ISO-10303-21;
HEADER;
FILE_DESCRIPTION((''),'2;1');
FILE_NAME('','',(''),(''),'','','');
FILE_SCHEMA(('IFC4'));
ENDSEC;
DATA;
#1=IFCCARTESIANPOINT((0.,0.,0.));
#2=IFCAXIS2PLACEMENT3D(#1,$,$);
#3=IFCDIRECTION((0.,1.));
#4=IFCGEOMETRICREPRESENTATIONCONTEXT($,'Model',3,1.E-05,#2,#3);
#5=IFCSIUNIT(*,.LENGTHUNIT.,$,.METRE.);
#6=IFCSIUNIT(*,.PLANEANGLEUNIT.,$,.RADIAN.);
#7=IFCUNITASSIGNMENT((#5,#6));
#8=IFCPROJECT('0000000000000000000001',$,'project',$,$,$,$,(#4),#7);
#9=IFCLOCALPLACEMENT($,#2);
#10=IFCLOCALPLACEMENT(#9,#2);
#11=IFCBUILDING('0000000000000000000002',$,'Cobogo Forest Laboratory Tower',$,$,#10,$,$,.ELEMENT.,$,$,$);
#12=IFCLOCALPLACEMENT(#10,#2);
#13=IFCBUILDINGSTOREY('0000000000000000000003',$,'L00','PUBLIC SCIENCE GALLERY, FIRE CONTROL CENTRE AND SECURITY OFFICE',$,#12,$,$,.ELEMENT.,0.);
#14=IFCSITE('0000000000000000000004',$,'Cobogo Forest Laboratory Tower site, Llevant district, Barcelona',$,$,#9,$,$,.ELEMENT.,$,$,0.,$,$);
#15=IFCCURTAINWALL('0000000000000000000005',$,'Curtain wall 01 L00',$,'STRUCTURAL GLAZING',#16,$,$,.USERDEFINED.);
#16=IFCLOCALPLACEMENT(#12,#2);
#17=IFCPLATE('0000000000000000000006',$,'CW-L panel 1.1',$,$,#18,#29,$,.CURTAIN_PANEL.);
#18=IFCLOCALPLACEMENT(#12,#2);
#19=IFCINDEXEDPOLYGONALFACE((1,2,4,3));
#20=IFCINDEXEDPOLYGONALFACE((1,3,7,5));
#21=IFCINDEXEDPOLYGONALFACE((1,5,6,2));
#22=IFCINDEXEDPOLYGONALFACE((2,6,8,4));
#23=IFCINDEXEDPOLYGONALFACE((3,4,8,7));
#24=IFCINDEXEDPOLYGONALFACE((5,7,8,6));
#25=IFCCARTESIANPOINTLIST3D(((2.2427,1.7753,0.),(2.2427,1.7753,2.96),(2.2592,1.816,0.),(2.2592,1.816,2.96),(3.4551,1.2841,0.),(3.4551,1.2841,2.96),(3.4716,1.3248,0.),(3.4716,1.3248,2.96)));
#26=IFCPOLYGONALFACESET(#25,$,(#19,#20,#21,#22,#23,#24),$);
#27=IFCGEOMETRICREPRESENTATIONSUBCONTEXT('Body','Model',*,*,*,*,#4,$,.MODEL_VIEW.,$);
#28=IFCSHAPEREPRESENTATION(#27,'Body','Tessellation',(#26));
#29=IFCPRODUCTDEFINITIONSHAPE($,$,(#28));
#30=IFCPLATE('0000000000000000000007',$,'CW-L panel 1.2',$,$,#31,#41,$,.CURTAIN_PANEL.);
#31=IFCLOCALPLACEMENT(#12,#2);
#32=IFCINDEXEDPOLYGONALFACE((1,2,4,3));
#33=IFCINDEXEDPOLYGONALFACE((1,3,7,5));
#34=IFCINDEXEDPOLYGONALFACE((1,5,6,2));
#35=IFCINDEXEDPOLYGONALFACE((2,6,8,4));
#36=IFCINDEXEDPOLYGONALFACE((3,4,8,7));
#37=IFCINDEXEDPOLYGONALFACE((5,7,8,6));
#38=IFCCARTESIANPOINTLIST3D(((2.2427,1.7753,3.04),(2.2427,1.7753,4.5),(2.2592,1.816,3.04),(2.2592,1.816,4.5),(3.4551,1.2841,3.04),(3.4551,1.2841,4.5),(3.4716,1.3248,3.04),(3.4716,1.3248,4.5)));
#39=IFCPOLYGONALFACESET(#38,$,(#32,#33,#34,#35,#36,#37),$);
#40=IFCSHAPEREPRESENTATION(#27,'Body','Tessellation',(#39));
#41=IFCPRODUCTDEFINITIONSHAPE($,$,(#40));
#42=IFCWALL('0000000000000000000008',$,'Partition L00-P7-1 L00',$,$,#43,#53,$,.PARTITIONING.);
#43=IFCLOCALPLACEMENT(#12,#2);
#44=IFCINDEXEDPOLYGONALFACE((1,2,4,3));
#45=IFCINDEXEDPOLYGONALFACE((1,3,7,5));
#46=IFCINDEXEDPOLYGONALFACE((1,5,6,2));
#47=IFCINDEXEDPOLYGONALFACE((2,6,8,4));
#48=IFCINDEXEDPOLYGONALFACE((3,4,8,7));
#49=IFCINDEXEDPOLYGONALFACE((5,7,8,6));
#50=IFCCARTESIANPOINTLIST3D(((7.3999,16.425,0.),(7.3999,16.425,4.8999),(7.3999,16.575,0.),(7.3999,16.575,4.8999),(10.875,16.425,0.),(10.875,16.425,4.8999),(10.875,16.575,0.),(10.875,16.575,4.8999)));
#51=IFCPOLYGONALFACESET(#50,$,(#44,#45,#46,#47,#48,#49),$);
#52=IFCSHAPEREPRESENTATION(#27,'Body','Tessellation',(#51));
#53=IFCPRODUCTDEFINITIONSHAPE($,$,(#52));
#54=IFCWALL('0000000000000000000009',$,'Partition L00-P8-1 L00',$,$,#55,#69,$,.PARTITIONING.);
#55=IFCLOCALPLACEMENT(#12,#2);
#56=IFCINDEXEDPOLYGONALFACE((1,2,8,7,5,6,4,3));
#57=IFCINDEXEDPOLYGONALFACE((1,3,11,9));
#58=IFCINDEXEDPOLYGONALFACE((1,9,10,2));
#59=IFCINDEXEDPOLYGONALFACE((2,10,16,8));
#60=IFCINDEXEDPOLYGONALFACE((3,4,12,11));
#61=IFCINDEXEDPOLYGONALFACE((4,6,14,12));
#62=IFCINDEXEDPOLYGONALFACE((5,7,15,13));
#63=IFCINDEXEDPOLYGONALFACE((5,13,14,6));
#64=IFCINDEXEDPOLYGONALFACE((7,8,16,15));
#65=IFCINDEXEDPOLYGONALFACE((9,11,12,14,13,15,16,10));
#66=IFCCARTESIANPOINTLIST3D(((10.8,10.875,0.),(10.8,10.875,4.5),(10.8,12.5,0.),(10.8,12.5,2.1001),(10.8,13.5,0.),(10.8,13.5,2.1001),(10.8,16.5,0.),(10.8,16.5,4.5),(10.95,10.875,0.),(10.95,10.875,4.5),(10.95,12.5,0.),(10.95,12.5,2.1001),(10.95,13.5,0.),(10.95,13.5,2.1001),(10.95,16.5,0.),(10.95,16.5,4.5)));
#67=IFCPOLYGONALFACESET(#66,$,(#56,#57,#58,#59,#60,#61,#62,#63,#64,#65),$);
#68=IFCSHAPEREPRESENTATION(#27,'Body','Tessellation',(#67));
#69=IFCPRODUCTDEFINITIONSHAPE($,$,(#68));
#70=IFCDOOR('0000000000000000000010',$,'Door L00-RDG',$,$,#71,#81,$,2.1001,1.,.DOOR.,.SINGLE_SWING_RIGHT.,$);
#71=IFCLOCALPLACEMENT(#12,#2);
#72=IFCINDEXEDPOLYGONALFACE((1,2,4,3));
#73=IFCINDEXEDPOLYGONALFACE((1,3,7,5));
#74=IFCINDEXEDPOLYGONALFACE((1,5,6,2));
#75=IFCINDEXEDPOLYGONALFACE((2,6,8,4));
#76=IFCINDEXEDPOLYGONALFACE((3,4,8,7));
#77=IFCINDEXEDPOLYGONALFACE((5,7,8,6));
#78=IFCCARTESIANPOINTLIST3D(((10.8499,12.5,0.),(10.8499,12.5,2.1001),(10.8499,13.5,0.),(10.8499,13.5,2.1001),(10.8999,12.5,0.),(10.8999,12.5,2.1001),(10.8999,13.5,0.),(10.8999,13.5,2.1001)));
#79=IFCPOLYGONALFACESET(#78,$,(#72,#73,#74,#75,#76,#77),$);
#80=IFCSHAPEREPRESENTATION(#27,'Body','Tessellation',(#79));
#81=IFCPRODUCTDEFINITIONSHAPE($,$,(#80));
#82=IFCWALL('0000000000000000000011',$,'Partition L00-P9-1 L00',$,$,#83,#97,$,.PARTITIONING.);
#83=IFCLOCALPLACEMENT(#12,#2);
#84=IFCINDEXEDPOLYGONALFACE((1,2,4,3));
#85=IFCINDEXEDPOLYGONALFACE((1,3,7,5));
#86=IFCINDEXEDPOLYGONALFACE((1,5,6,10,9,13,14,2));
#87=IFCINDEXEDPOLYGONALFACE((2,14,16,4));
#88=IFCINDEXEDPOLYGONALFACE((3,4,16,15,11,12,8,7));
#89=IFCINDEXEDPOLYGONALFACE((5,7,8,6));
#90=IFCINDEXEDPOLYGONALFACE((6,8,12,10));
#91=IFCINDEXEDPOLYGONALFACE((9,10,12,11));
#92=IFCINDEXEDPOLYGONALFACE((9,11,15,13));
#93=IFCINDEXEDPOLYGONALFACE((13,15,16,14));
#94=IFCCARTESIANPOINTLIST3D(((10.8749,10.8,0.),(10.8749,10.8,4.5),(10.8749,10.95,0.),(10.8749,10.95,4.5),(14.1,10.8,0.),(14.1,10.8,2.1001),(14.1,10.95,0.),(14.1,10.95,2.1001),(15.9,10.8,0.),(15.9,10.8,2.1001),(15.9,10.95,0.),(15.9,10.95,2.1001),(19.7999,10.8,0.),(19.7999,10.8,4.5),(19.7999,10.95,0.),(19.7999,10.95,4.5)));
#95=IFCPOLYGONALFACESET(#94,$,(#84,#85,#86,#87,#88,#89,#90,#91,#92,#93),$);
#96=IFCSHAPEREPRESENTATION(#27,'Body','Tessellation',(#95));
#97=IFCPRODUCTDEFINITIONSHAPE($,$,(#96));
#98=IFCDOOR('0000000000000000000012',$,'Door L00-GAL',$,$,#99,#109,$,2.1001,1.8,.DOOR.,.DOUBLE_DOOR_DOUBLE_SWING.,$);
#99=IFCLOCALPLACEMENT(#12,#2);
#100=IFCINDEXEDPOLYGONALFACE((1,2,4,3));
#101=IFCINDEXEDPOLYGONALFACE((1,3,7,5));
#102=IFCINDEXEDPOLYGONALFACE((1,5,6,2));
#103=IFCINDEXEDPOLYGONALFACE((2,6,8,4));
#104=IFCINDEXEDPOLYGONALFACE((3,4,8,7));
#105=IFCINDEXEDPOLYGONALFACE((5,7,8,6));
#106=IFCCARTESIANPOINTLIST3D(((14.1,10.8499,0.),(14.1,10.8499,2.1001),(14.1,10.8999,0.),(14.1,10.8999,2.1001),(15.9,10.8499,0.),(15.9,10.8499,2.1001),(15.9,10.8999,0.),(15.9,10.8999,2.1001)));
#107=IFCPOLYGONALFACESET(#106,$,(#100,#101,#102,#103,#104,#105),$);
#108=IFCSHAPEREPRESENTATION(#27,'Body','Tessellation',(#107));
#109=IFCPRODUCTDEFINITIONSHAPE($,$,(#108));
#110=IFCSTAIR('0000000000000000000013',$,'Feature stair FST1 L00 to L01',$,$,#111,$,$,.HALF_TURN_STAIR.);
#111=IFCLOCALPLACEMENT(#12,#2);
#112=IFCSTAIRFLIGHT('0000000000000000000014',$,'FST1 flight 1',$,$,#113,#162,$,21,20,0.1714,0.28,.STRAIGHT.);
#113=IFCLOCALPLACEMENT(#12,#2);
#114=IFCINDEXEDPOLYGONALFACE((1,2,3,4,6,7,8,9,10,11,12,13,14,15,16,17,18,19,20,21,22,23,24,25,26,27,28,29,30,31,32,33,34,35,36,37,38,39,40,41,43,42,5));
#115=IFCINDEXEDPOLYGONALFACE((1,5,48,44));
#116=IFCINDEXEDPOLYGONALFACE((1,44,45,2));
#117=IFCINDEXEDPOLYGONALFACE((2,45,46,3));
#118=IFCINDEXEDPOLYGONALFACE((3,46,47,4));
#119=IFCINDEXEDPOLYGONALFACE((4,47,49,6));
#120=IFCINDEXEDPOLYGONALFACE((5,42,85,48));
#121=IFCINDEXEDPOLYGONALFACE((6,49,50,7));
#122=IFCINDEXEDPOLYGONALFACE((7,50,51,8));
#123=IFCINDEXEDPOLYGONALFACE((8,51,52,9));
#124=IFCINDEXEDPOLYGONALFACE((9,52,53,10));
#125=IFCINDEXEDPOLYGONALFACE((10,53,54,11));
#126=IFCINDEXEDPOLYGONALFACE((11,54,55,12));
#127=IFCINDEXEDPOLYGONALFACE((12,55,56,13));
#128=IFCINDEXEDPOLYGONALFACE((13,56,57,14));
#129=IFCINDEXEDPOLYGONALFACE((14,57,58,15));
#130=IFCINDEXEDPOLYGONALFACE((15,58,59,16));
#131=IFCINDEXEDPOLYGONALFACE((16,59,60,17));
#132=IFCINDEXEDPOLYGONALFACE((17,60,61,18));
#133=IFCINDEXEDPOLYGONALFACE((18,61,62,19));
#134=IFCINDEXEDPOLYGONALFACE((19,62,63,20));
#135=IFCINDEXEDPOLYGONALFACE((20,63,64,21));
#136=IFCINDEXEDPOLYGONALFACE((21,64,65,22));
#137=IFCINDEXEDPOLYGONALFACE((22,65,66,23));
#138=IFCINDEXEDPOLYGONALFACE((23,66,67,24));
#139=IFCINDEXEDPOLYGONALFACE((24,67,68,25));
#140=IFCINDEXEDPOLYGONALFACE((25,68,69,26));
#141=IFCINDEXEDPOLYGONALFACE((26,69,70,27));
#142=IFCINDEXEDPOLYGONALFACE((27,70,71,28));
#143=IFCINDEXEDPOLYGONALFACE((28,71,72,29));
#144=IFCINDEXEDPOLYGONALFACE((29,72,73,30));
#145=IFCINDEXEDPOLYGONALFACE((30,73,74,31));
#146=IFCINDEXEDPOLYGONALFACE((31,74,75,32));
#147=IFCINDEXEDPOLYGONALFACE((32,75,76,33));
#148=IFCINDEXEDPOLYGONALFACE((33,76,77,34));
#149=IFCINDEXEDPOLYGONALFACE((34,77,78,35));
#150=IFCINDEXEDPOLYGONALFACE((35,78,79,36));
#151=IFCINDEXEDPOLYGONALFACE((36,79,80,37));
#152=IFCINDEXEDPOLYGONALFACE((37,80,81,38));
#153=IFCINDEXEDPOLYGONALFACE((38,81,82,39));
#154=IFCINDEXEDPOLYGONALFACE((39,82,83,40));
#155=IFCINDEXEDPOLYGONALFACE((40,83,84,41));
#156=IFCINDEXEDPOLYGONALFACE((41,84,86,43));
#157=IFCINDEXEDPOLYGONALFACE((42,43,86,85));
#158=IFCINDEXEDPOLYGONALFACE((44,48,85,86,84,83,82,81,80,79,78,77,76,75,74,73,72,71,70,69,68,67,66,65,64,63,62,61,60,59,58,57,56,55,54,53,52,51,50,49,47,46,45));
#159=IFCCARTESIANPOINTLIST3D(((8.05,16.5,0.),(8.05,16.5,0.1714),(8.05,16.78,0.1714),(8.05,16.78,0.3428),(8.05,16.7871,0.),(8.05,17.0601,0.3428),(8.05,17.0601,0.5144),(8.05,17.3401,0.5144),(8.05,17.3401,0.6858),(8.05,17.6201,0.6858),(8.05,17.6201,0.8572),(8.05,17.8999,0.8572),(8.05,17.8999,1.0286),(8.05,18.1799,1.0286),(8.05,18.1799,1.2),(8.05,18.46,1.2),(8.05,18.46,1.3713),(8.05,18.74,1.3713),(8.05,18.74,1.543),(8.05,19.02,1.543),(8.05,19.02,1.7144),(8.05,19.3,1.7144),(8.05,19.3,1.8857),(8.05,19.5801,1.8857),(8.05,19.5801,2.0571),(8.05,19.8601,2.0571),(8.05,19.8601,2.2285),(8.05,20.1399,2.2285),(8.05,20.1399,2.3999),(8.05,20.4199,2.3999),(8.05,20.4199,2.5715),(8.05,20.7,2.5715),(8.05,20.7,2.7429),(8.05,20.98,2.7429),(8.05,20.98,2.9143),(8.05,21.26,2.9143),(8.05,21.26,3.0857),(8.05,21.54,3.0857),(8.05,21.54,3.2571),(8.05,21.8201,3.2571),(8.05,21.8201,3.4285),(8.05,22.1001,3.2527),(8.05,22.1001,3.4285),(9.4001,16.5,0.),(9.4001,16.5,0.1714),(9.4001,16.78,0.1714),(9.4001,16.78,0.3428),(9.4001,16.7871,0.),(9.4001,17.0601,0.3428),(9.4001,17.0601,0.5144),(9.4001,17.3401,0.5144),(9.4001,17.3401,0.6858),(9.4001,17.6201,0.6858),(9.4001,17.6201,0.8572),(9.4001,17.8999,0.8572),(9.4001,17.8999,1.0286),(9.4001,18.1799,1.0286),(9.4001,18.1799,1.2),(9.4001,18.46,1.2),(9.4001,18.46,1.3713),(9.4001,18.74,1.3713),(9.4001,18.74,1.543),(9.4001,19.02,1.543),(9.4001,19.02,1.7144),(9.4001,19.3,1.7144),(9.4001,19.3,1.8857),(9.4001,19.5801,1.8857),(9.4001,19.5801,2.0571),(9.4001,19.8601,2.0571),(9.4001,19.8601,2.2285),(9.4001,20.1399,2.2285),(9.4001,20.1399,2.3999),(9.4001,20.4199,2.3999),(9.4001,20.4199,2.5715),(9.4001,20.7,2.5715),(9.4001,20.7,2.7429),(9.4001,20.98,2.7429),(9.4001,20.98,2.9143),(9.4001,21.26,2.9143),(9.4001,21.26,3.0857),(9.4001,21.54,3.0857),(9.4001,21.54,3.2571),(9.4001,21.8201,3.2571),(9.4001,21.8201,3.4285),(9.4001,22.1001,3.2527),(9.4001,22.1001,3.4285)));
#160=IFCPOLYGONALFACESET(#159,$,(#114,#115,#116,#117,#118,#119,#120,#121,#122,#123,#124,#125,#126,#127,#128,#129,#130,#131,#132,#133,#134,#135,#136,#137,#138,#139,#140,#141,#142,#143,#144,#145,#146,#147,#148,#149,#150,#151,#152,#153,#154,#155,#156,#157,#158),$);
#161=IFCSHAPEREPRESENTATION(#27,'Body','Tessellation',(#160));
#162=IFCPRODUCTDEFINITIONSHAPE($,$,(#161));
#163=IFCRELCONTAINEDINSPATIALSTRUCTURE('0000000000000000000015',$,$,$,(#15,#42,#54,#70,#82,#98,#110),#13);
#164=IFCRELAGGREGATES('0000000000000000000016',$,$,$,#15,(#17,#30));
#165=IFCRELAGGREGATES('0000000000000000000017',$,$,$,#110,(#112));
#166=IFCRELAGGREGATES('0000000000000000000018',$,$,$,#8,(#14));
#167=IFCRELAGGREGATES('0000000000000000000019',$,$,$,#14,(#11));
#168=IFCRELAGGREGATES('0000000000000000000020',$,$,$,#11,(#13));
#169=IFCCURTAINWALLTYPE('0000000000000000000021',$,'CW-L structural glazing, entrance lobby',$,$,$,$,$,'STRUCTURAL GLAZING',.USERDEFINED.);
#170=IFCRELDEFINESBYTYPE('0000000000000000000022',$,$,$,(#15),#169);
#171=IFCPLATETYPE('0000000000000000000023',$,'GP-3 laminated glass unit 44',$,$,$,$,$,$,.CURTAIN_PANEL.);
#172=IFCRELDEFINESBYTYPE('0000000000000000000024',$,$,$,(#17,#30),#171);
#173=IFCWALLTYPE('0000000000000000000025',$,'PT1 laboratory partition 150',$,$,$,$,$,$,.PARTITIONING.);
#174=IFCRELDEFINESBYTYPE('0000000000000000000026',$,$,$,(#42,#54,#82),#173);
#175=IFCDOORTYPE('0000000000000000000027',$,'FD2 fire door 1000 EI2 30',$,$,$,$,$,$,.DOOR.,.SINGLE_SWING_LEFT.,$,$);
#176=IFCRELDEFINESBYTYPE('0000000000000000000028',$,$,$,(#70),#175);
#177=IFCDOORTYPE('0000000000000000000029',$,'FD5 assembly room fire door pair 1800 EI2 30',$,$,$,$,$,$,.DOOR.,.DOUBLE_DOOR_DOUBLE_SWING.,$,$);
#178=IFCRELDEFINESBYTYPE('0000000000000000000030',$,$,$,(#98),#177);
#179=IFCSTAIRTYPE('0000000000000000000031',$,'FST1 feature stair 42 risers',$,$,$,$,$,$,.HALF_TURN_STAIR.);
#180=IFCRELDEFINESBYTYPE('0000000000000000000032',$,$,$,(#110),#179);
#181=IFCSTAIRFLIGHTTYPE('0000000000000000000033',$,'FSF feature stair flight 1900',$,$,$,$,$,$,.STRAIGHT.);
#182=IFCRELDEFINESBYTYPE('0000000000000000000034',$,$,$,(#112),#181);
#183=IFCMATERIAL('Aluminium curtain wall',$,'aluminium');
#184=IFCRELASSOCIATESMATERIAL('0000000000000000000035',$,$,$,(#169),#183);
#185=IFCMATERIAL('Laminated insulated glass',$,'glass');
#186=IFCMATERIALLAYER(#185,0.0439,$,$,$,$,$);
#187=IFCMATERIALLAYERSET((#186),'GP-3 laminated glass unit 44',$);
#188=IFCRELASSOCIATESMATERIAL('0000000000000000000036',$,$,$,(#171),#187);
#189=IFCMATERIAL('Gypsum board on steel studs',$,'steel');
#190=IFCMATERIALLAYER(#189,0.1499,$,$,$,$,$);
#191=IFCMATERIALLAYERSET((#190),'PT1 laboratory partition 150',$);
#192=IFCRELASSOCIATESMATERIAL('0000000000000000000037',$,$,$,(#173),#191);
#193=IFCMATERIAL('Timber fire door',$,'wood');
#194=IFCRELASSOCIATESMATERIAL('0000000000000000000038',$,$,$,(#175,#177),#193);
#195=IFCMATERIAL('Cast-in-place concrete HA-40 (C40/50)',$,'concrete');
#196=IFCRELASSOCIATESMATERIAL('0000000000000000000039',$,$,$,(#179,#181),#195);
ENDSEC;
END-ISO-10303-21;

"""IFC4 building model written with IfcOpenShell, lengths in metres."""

from ifc_helpers import new_model, si_unit, direction, frame, frame_2d, origin, origin_2d, place, context, subcontext, project, spatial, polyline, rectangle, outline, extrude, material, layer, layer_set, type_object, element, fill, aggregate, save


model = new_model("IFC4")

# Units and contexts
model_context = context("Model", 3, precision=1e-05, world=origin(), true_north=direction((0.0, 1.0)))
body_context = subcontext(model_context, "Body", "Model", "MODEL_VIEW")
ifc_project = project(units=[si_unit("LENGTHUNIT", "METRE"), si_unit("PLANEANGLEUNIT", "RADIAN")], contexts=[model_context])

# Site, building, storey
site_placement = place(None, origin())
site = spatial("IfcSite", under=ifc_project, at=site_placement, Name="Cobogo Forest Laboratory Tower site, Llevant district, Barcelona", CompositionType="ELEMENT", RefElevation=0.0)
building_placement = place(site_placement, origin())
building = spatial("IfcBuilding", under=site, at=building_placement, Name="Cobogo Forest Laboratory Tower", CompositionType="ELEMENT")
storey_placement = place(building_placement, origin())
storey = spatial("IfcBuildingStorey", under=building, at=storey_placement, Name="L00", Description="PUBLIC SCIENCE GALLERY, FIRE CONTROL CENTRE AND SECURITY OFFICE", CompositionType="ELEMENT", Elevation=0.0)

# Curtain wall
ifc_material_1 = material(Name="Aluminium curtain wall", Category="aluminium")
curtain_wall_type = type_object("IfcCurtainWallType", Name="CW-L structural glazing, entrance lobby", ElementType="STRUCTURAL GLAZING", PredefinedType="USERDEFINED", material=ifc_material_1)
curtain_wall_1_placement = place(storey_placement, origin())
curtain_wall_1 = element("IfcCurtainWall", 1, at=curtain_wall_1_placement, inside=storey, type_object=curtain_wall_type, Name="Curtain wall 01 L00", ObjectType="STRUCTURAL GLAZING", PredefinedType="USERDEFINED")

# Plates
ifc_material_2 = material(Name="Laminated insulated glass", Category="glass")
ifc_layer_1 = layer(ifc_material_2, 0.0439)
ifc_layer_set_1 = layer_set([ifc_layer_1], Name="GP-3 laminated glass unit 44")
plate_type = type_object("IfcPlateType", Name="GP-3 laminated glass unit 44", PredefinedType="CURTAIN_PANEL", material=ifc_layer_set_1)
plate_1_placement = place(storey_placement, frame((2.8572, 1.55, 0.0), z_axis=(0.0, 0.0, 1.0), x_axis=(-0.92682, 0.375507, 0.0)))
plate_1 = element("IfcPlate", 2, at=plate_1_placement, type_object=plate_type, Name="CW-L panel 1.1", PredefinedType="CURTAIN_PANEL", context=body_context, shape_type="SweptSolid", body=[
    extrude(rectangle(XDim=1.3081, YDim=0.0439, at=origin_2d()), origin(), (0.0, 0.0, 1.0), 2.96),
])
plate_2_placement = place(storey_placement, frame((2.8572, 1.55, 3.04), z_axis=(0.0, 0.0, 1.0), x_axis=(-0.92682, 0.375507, 0.0)))
plate_2 = element("IfcPlate", 3, at=plate_2_placement, type_object=plate_type, Name="CW-L panel 1.2", PredefinedType="CURTAIN_PANEL", context=body_context, shape_type="SweptSolid", body=[
    extrude(rectangle(XDim=1.3081, YDim=0.0439, at=origin_2d()), origin(), (0.0, 0.0, 1.0), 1.46),
])
aggregate(curtain_wall_1, [plate_1, plate_2])

# Wall
ifc_material_3 = material(Name="Gypsum board on steel studs", Category="steel")
ifc_layer_2 = layer(ifc_material_3, 0.1499)
ifc_layer_set_2 = layer_set([ifc_layer_2], Name="PT1 laboratory partition 150")
wall_type = type_object("IfcWallType", Name="PT1 laboratory partition 150", PredefinedType="PARTITIONING", material=ifc_layer_set_2)
wall_1_placement = place(storey_placement, frame((7.3999, 16.5, 0.0), z_axis=(0.0, 0.0, 1.0), x_axis=(1.0, 0.0, 0.0)))
element("IfcWall", 4, at=wall_1_placement, inside=storey, type_object=wall_type, Name="Partition L00-P7-1 L00", PredefinedType="PARTITIONING", context=body_context, shape_type="SweptSolid", body=[
    extrude(rectangle(XDim=3.4751, YDim=0.1499, at=frame_2d((1.7375, 0.0))), origin(), (0.0, 0.0, 1.0), 4.8999),
])

# Walls, openings, doors
wall_2_placement = place(storey_placement, frame((10.875, 16.5, 0.0), z_axis=(0.0, 0.0, 1.0), x_axis=(0.0, -1.0, 0.0)))
wall_2 = element("IfcWall", 5, at=wall_2_placement, inside=storey, type_object=wall_type, Name="Partition L00-P8-1 L00", PredefinedType="PARTITIONING", context=body_context, shape_type="SweptSolid", body=[
    extrude(rectangle(XDim=5.625, YDim=0.1499, at=frame_2d((2.8125, 0.0))), origin(), (0.0, 0.0, 1.0), 4.5),
])
opening_1_placement = place(wall_2_placement, frame((3.0, 0.0, 0.0)))
opening_1 = element("IfcOpeningElement", 6, at=opening_1_placement, cuts=wall_2, PredefinedType="OPENING", context=body_context, shape_type="SweptSolid", body=[
    extrude(rectangle(XDim=1.0, YDim=2.1001, at=frame_2d((0.5, 1.05))), frame((0.0, 0.085, 0.0), z_axis=(0.0, -1.0, 0.0), x_axis=(1.0, 0.0, 0.0)), (0.0, 0.0, 1.0), 0.1699),
])
ifc_material_4 = material(Name="Timber fire door", Category="wood")
door_type_1 = type_object("IfcDoorType", Name="FD2 fire door 1000 EI2 30", OperationType="SINGLE_SWING_LEFT", PredefinedType="DOOR", material=ifc_material_4)
door_1_placement = place(opening_1_placement, origin())
door_1 = element("IfcDoor", 7, at=door_1_placement, inside=storey, type_object=door_type_1, Name="Door L00-RDG", OperationType="SINGLE_SWING_RIGHT", OverallHeight=2.1001, OverallWidth=1.0, PredefinedType="DOOR", context=body_context, shape_type="SweptSolid", body=[
    extrude(rectangle(XDim=1.0, YDim=2.1001, at=frame_2d((0.5, 1.05))), frame((0.0, 0.0249, 0.0), z_axis=(0.0, -1.0, 0.0), x_axis=(1.0, 0.0, 0.0)), (0.0, 0.0, 1.0), 0.05),
])
fill(opening_1, door_1)
wall_3_placement = place(storey_placement, frame((10.875, 10.875, 0.0), z_axis=(0.0, 0.0, 1.0), x_axis=(1.0, 0.0, 0.0)))
wall_3 = element("IfcWall", 8, at=wall_3_placement, inside=storey, type_object=wall_type, Name="Partition L00-P9-1 L00", PredefinedType="PARTITIONING", context=body_context, shape_type="SweptSolid", body=[
    extrude(rectangle(XDim=8.925, YDim=0.1499, at=frame_2d((4.4624, 0.0))), origin(), (0.0, 0.0, 1.0), 4.5),
])
opening_2_placement = place(wall_3_placement, frame((3.2251, 0.0, 0.0)))
opening_2 = element("IfcOpeningElement", 9, at=opening_2_placement, cuts=wall_3, PredefinedType="OPENING", context=body_context, shape_type="SweptSolid", body=[
    extrude(rectangle(XDim=1.8, YDim=2.1001, at=frame_2d((0.8999, 1.05))), frame((0.0, 0.085, 0.0), z_axis=(0.0, -1.0, 0.0), x_axis=(1.0, 0.0, 0.0)), (0.0, 0.0, 1.0), 0.1699),
])
door_type_2 = type_object("IfcDoorType", Name="FD5 assembly room fire door pair 1800 EI2 30", OperationType="DOUBLE_DOOR_DOUBLE_SWING", PredefinedType="DOOR", material=ifc_material_4)
door_2_placement = place(opening_2_placement, origin())
door_2 = element("IfcDoor", 10, at=door_2_placement, inside=storey, type_object=door_type_2, Name="Door L00-GAL", OperationType="DOUBLE_DOOR_DOUBLE_SWING", OverallHeight=2.1001, OverallWidth=1.8, PredefinedType="DOOR", context=body_context, shape_type="SweptSolid", body=[
    extrude(rectangle(XDim=1.8, YDim=2.1001, at=frame_2d((0.8999, 1.05))), frame((0.0, 0.0249, 0.0), z_axis=(0.0, -1.0, 0.0), x_axis=(1.0, 0.0, 0.0)), (0.0, 0.0, 1.0), 0.05),
])
fill(opening_2, door_2)

# Stair, stair flight
ifc_material_5 = material(Name="Cast-in-place concrete HA-40 (C40/50)", Category="concrete")
stair_type = type_object("IfcStairType", Name="FST1 feature stair 42 risers", PredefinedType="HALF_TURN_STAIR", material=ifc_material_5)
stair_placement = place(storey_placement, origin())
stair = element("IfcStair", 11, at=stair_placement, inside=storey, type_object=stair_type, Name="Feature stair FST1 L00 to L01", PredefinedType="HALF_TURN_STAIR")
stair_flight_type = type_object("IfcStairFlightType", Name="FSF feature stair flight 1900", PredefinedType="STRAIGHT", material=ifc_material_5)
stair_flight_placement = place(storey_placement, frame((8.7251, 16.5, 0.0), z_axis=(0.0, 0.0, 1.0), x_axis=(0.0, 1.0, 0.0)))
stair_flight = element("IfcStairFlight", 12, at=stair_flight_placement, type_object=stair_flight_type, Name="FST1 flight 1", NumberOfRisers=21, NumberOfTreads=20, PredefinedType="STRAIGHT", RiserHeight=0.1714, TreadLength=0.28, context=body_context, shape_type="SweptSolid", body=[
    extrude(outline(polyline([(0.0, 0.0), (0.0, 0.1714), (0.28, 0.1714), (0.28, 0.3428), (0.5601, 0.3428), (0.5601, 0.5144), (0.8401, 0.5144), (0.8401, 0.6858), (1.1201, 0.6858), (1.1201, 0.8572), (1.3999, 0.8572), (1.3999, 1.0286), (1.6799, 1.0286), (1.6799, 1.2), (1.96, 1.2), (1.96, 1.3713), (2.24, 1.3713), (2.24, 1.543), (2.52, 1.543), (2.52, 1.7144), (2.8, 1.7144), (2.8, 1.8857), (3.0801, 1.8857), (3.0801, 2.0571), (3.3601, 2.0571), (3.3601, 2.2285), (3.6399, 2.2285), (3.6399, 2.3999), (3.9199, 2.3999), (3.9199, 2.5715), (4.2, 2.5715), (4.2, 2.7429), (4.48, 2.7429), (4.48, 2.9143), (4.76, 2.9143), (4.76, 3.0857), (5.04, 3.0857), (5.04, 3.2571), (5.3201, 3.2571), (5.3201, 3.4285), (5.6001, 3.4285), (5.6001, 3.6001), (5.6001, 3.2527), (0.2871, 0.0), (0.0, 0.0)])), frame((0.0, 0.675, 0.0), z_axis=(0.0, -1.0, 0.0), x_axis=(1.0, 0.0, 0.0)), (0.0, 0.0, 1.0), 1.3501),
])
aggregate(stair, [stair_flight])

save(model, "model.ifc")
